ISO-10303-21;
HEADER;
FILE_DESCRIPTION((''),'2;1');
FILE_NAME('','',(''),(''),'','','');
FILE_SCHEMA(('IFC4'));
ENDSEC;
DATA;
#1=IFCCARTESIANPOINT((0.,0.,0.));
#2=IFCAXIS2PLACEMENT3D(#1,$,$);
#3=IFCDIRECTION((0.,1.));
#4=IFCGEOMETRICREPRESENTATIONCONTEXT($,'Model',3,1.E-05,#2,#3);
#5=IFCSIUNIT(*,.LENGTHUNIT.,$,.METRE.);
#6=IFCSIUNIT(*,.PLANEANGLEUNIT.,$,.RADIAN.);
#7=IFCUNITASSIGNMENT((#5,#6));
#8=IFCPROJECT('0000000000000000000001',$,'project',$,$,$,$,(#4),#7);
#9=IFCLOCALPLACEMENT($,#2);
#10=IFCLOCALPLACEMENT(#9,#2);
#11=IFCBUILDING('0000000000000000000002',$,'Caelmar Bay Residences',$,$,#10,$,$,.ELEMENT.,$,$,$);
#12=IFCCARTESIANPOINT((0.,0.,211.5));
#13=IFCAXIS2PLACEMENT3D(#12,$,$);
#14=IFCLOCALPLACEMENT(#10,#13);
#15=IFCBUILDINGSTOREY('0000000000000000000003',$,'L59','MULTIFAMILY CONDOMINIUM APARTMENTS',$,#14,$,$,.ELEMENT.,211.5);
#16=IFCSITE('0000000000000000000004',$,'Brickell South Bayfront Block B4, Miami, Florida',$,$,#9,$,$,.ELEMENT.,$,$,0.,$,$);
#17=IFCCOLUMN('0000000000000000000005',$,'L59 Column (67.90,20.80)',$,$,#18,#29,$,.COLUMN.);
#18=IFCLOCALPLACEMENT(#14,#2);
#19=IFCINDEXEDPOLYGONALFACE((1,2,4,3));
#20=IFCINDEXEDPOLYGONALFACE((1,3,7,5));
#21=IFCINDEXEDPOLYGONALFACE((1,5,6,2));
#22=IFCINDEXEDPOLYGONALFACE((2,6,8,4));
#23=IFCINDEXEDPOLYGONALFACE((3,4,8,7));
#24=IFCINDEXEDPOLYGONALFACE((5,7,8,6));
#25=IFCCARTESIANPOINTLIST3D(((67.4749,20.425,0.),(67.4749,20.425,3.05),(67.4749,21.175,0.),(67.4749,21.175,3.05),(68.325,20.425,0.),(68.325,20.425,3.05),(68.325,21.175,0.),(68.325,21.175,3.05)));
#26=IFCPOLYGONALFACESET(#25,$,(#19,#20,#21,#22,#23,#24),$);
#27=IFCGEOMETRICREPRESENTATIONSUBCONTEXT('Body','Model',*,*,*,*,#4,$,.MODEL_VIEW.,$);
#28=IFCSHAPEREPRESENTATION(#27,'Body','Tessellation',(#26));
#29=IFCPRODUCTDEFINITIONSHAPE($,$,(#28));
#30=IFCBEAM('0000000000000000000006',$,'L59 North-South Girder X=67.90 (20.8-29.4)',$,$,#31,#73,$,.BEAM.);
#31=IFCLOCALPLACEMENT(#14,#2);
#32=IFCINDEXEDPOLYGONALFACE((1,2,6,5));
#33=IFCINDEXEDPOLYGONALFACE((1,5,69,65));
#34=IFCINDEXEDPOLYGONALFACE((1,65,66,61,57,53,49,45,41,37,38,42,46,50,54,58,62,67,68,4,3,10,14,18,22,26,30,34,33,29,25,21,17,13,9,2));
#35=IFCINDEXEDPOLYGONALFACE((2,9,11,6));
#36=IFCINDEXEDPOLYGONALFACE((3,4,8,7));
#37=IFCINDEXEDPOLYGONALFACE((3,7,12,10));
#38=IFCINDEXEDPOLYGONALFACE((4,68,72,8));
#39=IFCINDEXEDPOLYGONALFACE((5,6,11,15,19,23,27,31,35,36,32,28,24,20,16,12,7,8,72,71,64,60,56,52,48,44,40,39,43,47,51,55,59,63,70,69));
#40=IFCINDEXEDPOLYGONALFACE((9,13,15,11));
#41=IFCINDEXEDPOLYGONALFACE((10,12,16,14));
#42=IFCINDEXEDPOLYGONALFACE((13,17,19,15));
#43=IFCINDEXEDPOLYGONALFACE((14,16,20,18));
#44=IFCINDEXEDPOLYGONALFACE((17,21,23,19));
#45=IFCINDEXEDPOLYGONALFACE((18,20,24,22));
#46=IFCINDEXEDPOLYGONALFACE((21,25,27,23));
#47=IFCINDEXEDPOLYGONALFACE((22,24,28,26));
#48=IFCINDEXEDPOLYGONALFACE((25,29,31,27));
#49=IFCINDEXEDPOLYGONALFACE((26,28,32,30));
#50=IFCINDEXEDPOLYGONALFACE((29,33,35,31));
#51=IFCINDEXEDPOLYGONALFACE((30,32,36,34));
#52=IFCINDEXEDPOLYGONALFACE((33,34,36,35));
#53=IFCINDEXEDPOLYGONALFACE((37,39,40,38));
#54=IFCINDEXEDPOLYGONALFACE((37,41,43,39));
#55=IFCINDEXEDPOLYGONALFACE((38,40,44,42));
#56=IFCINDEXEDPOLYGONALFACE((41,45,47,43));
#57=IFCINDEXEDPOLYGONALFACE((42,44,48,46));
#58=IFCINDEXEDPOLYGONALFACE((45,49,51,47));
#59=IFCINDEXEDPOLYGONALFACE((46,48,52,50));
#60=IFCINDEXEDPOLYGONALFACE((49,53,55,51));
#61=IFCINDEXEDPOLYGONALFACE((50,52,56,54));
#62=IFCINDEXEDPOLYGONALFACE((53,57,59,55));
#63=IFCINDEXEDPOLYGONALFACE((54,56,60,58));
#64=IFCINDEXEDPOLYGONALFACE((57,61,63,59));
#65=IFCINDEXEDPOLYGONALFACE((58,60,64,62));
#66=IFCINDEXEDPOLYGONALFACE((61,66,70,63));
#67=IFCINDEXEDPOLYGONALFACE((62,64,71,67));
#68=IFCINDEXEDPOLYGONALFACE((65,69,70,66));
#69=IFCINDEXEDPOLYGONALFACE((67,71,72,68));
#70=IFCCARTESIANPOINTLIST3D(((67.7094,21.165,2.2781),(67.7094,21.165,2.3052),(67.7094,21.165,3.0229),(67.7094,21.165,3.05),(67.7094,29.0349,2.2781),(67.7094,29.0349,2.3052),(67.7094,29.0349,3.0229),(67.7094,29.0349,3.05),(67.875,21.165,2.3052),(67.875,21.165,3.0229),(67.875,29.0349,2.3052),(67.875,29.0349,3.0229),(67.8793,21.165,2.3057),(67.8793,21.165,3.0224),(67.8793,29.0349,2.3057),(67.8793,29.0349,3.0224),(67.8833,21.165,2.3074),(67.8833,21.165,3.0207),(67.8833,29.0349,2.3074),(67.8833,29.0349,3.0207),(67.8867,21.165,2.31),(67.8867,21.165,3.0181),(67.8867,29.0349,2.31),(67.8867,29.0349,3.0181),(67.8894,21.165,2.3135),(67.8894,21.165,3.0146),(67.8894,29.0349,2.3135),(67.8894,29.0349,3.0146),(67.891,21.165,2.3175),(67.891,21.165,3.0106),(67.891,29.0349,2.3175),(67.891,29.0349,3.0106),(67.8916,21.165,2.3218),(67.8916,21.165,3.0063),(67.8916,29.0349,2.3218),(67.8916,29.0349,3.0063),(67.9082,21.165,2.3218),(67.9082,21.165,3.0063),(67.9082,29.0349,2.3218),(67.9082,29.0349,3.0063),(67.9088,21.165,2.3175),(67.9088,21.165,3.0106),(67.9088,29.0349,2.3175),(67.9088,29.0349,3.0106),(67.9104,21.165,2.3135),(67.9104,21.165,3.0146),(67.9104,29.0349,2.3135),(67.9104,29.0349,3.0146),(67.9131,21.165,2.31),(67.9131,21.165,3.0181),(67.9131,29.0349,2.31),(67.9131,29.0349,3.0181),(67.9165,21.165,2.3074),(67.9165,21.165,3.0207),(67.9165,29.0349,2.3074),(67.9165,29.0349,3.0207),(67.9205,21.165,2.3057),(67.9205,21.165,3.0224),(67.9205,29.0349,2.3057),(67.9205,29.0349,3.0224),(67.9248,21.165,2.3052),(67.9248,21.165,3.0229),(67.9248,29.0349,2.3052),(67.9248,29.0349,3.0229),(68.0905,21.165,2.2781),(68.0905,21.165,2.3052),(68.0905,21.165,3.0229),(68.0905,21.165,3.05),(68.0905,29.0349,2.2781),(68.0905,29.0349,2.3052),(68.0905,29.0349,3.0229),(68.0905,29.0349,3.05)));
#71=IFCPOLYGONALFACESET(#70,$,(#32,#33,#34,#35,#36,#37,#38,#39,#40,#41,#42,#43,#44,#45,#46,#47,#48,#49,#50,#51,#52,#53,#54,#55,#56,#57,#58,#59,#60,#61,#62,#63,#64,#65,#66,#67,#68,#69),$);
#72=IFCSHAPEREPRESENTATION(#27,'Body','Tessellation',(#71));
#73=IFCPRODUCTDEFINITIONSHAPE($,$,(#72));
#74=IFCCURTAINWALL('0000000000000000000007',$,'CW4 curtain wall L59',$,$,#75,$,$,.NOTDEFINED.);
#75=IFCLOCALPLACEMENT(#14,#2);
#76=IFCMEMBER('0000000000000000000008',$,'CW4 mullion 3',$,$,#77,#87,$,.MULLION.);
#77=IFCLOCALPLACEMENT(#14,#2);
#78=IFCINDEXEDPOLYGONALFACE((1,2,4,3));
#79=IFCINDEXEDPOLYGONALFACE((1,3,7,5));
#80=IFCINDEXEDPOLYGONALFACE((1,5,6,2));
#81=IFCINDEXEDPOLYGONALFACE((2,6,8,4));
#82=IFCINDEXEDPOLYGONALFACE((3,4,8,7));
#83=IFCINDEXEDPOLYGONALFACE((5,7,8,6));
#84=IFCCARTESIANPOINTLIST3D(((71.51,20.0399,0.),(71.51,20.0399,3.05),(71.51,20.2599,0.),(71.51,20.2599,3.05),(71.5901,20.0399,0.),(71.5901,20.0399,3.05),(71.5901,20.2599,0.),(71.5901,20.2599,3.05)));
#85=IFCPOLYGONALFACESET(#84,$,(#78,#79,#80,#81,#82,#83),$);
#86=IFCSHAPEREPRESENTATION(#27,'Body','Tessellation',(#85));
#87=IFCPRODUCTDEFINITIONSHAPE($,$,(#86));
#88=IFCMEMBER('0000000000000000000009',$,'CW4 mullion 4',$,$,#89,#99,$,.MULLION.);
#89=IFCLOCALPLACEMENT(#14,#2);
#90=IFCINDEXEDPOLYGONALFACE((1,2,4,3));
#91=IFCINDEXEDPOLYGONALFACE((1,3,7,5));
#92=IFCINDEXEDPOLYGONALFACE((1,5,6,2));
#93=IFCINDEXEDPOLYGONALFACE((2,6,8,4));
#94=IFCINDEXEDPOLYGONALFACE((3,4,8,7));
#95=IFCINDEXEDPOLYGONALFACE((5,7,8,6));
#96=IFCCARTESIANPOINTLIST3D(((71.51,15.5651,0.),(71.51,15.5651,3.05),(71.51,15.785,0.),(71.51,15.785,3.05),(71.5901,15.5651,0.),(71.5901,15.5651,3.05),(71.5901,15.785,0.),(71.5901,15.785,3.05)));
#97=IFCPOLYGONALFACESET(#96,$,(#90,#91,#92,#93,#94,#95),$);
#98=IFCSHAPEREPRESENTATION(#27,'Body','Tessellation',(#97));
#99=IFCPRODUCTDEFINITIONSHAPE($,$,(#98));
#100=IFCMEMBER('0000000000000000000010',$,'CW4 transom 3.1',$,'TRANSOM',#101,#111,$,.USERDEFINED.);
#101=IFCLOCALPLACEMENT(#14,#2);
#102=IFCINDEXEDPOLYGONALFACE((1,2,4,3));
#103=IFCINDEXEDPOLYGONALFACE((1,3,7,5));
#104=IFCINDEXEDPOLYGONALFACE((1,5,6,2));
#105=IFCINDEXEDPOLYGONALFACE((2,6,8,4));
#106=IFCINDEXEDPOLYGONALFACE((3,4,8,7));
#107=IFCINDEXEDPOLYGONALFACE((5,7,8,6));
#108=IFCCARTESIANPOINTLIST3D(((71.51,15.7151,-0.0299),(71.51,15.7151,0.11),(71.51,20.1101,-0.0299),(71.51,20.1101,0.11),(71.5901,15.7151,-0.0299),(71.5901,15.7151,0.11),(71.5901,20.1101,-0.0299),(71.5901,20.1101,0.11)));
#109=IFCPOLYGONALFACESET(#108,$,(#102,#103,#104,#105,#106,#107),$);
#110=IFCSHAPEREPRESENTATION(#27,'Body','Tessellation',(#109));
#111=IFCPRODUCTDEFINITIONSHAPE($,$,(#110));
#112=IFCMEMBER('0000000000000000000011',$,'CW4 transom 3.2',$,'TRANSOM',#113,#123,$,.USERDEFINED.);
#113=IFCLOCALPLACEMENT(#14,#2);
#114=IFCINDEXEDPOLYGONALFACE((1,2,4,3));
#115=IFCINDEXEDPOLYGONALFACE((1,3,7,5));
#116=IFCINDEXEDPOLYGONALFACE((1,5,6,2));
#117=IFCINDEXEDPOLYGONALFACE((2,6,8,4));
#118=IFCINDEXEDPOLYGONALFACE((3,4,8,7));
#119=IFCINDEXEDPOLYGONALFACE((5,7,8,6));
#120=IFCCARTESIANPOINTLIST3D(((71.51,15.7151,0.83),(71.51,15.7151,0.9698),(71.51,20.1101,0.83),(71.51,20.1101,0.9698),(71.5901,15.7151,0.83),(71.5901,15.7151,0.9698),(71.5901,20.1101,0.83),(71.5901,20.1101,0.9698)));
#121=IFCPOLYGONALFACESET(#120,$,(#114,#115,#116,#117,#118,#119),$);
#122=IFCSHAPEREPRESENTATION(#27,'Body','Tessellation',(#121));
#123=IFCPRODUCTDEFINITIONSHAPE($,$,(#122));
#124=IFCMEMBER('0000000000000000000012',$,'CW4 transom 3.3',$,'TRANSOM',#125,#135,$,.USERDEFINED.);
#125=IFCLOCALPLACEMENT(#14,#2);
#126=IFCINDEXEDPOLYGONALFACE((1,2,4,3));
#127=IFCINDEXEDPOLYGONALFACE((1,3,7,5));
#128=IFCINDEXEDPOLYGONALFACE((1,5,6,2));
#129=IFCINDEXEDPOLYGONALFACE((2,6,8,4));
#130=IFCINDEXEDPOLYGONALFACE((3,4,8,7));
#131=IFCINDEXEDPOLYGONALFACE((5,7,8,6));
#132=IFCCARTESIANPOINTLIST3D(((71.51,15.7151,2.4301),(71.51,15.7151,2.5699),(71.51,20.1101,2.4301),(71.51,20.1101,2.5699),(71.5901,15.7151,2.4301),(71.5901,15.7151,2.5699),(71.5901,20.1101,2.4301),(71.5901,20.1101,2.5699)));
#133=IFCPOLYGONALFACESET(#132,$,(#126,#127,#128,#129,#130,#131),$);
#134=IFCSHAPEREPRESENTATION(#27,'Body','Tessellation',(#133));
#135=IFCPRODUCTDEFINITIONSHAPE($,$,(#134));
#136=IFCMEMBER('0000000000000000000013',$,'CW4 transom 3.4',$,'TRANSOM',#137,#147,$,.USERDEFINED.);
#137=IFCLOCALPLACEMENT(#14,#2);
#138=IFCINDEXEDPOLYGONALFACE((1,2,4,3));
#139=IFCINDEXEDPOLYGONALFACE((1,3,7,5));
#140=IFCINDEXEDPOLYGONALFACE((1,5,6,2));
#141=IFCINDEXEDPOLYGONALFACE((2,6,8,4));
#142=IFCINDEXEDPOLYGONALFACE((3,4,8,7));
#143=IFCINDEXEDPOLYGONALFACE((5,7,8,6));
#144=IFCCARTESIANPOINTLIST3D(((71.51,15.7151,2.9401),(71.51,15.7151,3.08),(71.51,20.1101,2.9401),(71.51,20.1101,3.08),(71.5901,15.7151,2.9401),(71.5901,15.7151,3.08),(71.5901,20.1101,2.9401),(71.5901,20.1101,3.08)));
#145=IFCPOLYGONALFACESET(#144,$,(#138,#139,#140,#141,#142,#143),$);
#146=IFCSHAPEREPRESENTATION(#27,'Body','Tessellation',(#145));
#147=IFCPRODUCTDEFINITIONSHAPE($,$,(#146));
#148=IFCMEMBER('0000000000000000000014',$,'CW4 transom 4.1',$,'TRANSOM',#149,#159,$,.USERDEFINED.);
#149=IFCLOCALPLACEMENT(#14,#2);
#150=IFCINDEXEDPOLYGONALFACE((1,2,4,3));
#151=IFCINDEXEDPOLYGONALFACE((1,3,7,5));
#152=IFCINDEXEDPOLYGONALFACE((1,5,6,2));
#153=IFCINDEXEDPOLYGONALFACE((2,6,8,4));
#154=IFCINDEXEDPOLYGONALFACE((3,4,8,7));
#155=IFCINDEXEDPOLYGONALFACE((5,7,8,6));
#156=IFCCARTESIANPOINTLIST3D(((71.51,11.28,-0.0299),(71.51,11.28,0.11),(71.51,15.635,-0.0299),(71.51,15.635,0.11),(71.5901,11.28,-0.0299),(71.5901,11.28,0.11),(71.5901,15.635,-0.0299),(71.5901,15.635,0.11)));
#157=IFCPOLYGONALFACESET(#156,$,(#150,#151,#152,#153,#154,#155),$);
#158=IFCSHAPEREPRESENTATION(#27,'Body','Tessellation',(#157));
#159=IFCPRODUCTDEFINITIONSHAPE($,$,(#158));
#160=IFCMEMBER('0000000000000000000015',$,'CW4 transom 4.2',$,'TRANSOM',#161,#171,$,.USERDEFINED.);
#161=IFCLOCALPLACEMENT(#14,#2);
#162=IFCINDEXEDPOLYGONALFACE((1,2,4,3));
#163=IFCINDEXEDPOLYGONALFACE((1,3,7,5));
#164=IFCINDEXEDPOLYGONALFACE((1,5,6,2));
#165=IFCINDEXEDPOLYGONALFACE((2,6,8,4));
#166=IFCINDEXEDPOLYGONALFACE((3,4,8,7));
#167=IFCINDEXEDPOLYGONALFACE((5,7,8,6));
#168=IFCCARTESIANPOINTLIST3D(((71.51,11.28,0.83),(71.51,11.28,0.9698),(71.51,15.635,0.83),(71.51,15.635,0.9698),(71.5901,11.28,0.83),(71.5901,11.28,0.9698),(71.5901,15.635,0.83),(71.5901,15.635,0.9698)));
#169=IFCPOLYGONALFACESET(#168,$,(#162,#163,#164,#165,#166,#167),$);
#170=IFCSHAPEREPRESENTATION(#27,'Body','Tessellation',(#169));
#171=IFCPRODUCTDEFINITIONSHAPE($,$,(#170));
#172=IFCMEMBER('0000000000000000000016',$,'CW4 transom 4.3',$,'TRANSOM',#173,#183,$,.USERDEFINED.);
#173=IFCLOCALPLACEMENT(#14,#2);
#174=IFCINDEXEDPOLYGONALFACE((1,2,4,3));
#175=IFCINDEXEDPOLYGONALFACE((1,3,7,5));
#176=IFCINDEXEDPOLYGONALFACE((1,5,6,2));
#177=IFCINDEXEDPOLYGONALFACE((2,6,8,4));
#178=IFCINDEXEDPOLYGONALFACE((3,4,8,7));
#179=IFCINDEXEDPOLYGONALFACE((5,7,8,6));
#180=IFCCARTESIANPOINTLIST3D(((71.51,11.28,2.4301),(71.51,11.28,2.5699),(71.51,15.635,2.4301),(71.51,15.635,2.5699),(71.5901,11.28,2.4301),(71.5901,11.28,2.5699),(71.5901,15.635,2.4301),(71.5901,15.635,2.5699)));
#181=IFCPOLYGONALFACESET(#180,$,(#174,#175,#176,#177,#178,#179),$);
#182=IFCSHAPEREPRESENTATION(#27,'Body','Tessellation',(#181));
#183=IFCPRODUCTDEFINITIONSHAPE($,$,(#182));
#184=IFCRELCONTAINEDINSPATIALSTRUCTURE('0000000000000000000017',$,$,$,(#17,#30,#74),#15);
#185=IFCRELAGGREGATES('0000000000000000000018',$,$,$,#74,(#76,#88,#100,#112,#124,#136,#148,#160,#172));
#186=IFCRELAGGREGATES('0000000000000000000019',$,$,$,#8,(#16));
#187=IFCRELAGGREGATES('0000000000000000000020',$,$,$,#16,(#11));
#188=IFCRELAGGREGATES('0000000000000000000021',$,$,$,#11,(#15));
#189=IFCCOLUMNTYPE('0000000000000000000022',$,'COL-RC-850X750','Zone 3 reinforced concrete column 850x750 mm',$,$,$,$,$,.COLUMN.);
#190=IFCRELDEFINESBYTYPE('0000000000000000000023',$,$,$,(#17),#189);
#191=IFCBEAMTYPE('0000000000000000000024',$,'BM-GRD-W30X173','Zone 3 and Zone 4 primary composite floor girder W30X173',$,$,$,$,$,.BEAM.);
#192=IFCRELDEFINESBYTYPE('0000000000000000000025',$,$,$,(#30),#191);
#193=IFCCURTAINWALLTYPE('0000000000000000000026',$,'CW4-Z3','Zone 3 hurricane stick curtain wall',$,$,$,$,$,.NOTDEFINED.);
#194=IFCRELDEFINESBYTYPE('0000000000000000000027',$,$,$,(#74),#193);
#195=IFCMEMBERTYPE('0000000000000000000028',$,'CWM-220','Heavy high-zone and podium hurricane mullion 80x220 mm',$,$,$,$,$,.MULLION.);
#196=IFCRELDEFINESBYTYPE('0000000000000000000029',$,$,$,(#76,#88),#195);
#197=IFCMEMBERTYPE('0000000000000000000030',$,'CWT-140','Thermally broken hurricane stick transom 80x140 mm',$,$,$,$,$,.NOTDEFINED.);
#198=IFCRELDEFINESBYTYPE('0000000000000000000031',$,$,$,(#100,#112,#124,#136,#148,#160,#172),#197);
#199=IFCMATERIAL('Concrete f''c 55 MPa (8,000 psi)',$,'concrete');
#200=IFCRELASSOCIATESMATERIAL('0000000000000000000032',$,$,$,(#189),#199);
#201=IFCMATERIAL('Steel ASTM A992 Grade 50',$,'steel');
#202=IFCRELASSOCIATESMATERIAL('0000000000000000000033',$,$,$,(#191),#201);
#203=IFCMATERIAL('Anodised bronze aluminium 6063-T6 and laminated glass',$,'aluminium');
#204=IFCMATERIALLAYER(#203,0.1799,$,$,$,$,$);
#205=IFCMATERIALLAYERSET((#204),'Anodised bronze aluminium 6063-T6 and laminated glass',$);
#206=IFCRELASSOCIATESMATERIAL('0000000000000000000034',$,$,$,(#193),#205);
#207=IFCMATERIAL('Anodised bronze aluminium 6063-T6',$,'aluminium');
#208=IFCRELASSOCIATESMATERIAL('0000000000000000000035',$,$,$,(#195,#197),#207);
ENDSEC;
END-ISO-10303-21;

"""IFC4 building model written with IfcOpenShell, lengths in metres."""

from ifc_helpers import new_model, si_unit, direction, frame, origin, origin_2d, place, context, subcontext, project, spatial, rectangle, i_section, extrude, material, layer, layer_set, material_profile, profile_set, type_object, element, aggregate, save


model = new_model("IFC4")

# Units and contexts
model_context = context("Model", 3, precision=1e-05, world=origin(), true_north=direction((0.0, 1.0)))
body_context = subcontext(model_context, "Body", "Model", "MODEL_VIEW")
ifc_project = project(units=[si_unit("LENGTHUNIT", "METRE"), si_unit("PLANEANGLEUNIT", "RADIAN")], contexts=[model_context])

# Site, building, storey
site_placement = place(None, origin())
site = spatial("IfcSite", under=ifc_project, at=site_placement, Name="Brickell South Bayfront Block B4, Miami, Florida", CompositionType="ELEMENT", RefElevation=0.0)
building_placement = place(site_placement, origin())
building = spatial("IfcBuilding", under=site, at=building_placement, Name="Caelmar Bay Residences", CompositionType="ELEMENT")
storey_placement = place(building_placement, frame((0.0, 0.0, 211.5)))
storey = spatial("IfcBuildingStorey", under=building, at=storey_placement, Name="L59", Description="MULTIFAMILY CONDOMINIUM APARTMENTS", CompositionType="ELEMENT", Elevation=211.5)

# Column
ifc_material_1 = material(Name="Concrete f'c 55 MPa (8,000 psi)", Category="concrete")
ifc_material_profile_1 = material_profile(ifc_material_1, rectangle(XDim=0.8501, YDim=0.75, at=origin_2d()), Name="RC-COL-850X750")
ifc_profile_set_1 = profile_set([ifc_material_profile_1], Name="Concrete f'c 55 MPa (8,000 psi)")
column_type = type_object("IfcColumnType", Name="COL-RC-850X750", Description="Zone 3 reinforced concrete column 850x750 mm", PredefinedType="COLUMN", material=ifc_profile_set_1)
column_placement = place(storey_placement, frame((67.8999, 20.8, 0.0), z_axis=(0.0, 0.0, 1.0), x_axis=(1.0, 0.0, 0.0)))
element("IfcColumn", 1, at=column_placement, inside=storey, type_object=column_type, Name="L59 Column (67.90,20.80)", PredefinedType="COLUMN", context=body_context, shape_type="SweptSolid", body=[
    extrude(rectangle(XDim=0.8501, YDim=0.75, at=origin_2d()), origin(), (0.0, 0.0, 1.0), 3.05),
])

# Beam
ifc_material_2 = material(Name="Steel ASTM A992 Grade 50", Category="steel")
ifc_material_profile_2 = material_profile(ifc_material_2, i_section(OverallWidth=0.3811, OverallDepth=0.772, WebThickness=0.0166, FlangeThickness=0.0271, FilletRadius=0.0166, at=origin_2d()), Name="W30X173")
ifc_profile_set_2 = profile_set([ifc_material_profile_2], Name="Steel ASTM A992 Grade 50")
beam_type = type_object("IfcBeamType", Name="BM-GRD-W30X173", Description="Zone 3 and Zone 4 primary composite floor girder W30X173", PredefinedType="BEAM", material=ifc_profile_set_2)
beam_placement = place(storey_placement, frame((67.8999, 21.165, 2.6641), z_axis=(0.0, 1.0, 0.0), x_axis=(-1.0, 0.0, 0.0)))
element("IfcBeam", 2, at=beam_placement, inside=storey, type_object=beam_type, Name="L59 North-South Girder X=67.90 (20.8-29.4)", PredefinedType="BEAM", context=body_context, shape_type="SweptSolid", body=[
    extrude(i_section(OverallWidth=0.3811, OverallDepth=0.772, WebThickness=0.0166, FlangeThickness=0.0271, FilletRadius=0.0166, at=origin_2d()), origin(), (0.0, 0.0, 1.0), 7.8699),
])

# Curtain wall, members
ifc_material_3 = material(Name="Anodised bronze aluminium 6063-T6 and laminated glass", Category="aluminium")
ifc_layer_1 = layer(ifc_material_3, 0.1799)
ifc_layer_set_1 = layer_set([ifc_layer_1], Name="Anodised bronze aluminium 6063-T6 and laminated glass")
curtain_wall_type = type_object("IfcCurtainWallType", Name="CW4-Z3", Description="Zone 3 hurricane stick curtain wall", PredefinedType="NOTDEFINED", material=ifc_layer_set_1)
curtain_wall_placement = place(storey_placement, origin())
curtain_wall = element("IfcCurtainWall", 3, at=curtain_wall_placement, inside=storey, type_object=curtain_wall_type, Name="CW4 curtain wall L59", PredefinedType="NOTDEFINED")
ifc_material_4 = material(Name="Anodised bronze aluminium 6063-T6", Category="aluminium")
ifc_material_profile_3 = material_profile(ifc_material_4, rectangle(XDim=0.0801, YDim=0.22, at=origin_2d()), Name="CWM-80X220")
ifc_profile_set_3 = profile_set([ifc_material_profile_3], Name="Anodised bronze aluminium 6063-T6")
member_type_1 = type_object("IfcMemberType", Name="CWM-220", Description="Heavy high-zone and podium hurricane mullion 80x220 mm", PredefinedType="MULLION", material=ifc_profile_set_3)
member_1_placement = place(storey_placement, frame((71.55, 20.1499, 0.0), z_axis=(0.0, 0.0, 1.0), x_axis=(1.0, 0.0, 0.0)))
member_1 = element("IfcMember", 4, at=member_1_placement, type_object=member_type_1, Name="CW4 mullion 3", PredefinedType="MULLION", context=body_context, shape_type="SweptSolid", body=[
    extrude(rectangle(XDim=0.0801, YDim=0.22, at=origin_2d()), origin(), (0.0, 0.0, 1.0), 3.05),
])
member_2_placement = place(storey_placement, frame((71.55, 15.675, 0.0), z_axis=(0.0, 0.0, 1.0), x_axis=(1.0, 0.0, 0.0)))
member_2 = element("IfcMember", 5, at=member_2_placement, type_object=member_type_1, Name="CW4 mullion 4", PredefinedType="MULLION", context=body_context, shape_type="SweptSolid", body=[
    extrude(rectangle(XDim=0.0801, YDim=0.22, at=origin_2d()), origin(), (0.0, 0.0, 1.0), 3.05),
])
ifc_material_profile_4 = material_profile(ifc_material_4, rectangle(XDim=0.0801, YDim=0.1399, at=origin_2d()), Name="CWT-80X140")
ifc_profile_set_4 = profile_set([ifc_material_profile_4], Name="Anodised bronze aluminium 6063-T6")
member_type_2 = type_object("IfcMemberType", Name="CWT-140", Description="Thermally broken hurricane stick transom 80x140 mm", PredefinedType="NOTDEFINED", material=ifc_profile_set_4)
member_3_placement = place(storey_placement, frame((71.55, 20.1101, 0.04), z_axis=(0.0, -1.0, 0.0), x_axis=(1.0, 0.0, 0.0)))
member_3 = element("IfcMember", 6, at=member_3_placement, type_object=member_type_2, Name="CW4 transom 3.1", ObjectType="TRANSOM", PredefinedType="USERDEFINED", context=body_context, shape_type="SweptSolid", body=[
    extrude(rectangle(XDim=0.0801, YDim=0.1399, at=origin_2d()), origin(), (0.0, 0.0, 1.0), 4.395),
])
member_4_placement = place(storey_placement, frame((71.55, 20.1101, 0.8999), z_axis=(0.0, -1.0, 0.0), x_axis=(1.0, 0.0, 0.0)))
member_4 = element("IfcMember", 7, at=member_4_placement, type_object=member_type_2, Name="CW4 transom 3.2", ObjectType="TRANSOM", PredefinedType="USERDEFINED", context=body_context, shape_type="SweptSolid", body=[
    extrude(rectangle(XDim=0.0801, YDim=0.1399, at=origin_2d()), origin(), (0.0, 0.0, 1.0), 4.395),
])
member_5_placement = place(storey_placement, frame((71.55, 20.1101, 2.5), z_axis=(0.0, -1.0, 0.0), x_axis=(1.0, 0.0, 0.0)))
member_5 = element("IfcMember", 8, at=member_5_placement, type_object=member_type_2, Name="CW4 transom 3.3", ObjectType="TRANSOM", PredefinedType="USERDEFINED", context=body_context, shape_type="SweptSolid", body=[
    extrude(rectangle(XDim=0.0801, YDim=0.1399, at=origin_2d()), origin(), (0.0, 0.0, 1.0), 4.395),
])
member_6_placement = place(storey_placement, frame((71.55, 20.1101, 3.01), z_axis=(0.0, -1.0, 0.0), x_axis=(1.0, 0.0, 0.0)))
member_6 = element("IfcMember", 9, at=member_6_placement, type_object=member_type_2, Name="CW4 transom 3.4", ObjectType="TRANSOM", PredefinedType="USERDEFINED", context=body_context, shape_type="SweptSolid", body=[
    extrude(rectangle(XDim=0.0801, YDim=0.1399, at=origin_2d()), origin(), (0.0, 0.0, 1.0), 4.395),
])
member_7_placement = place(storey_placement, frame((71.55, 15.635, 0.04), z_axis=(0.0, -1.0, 0.0), x_axis=(1.0, 0.0, 0.0)))
member_7 = element("IfcMember", 10, at=member_7_placement, type_object=member_type_2, Name="CW4 transom 4.1", ObjectType="TRANSOM", PredefinedType="USERDEFINED", context=body_context, shape_type="SweptSolid", body=[
    extrude(rectangle(XDim=0.0801, YDim=0.1399, at=origin_2d()), origin(), (0.0, 0.0, 1.0), 4.355),
])
member_8_placement = place(storey_placement, frame((71.55, 15.635, 0.8999), z_axis=(0.0, -1.0, 0.0), x_axis=(1.0, 0.0, 0.0)))
member_8 = element("IfcMember", 11, at=member_8_placement, type_object=member_type_2, Name="CW4 transom 4.2", ObjectType="TRANSOM", PredefinedType="USERDEFINED", context=body_context, shape_type="SweptSolid", body=[
    extrude(rectangle(XDim=0.0801, YDim=0.1399, at=origin_2d()), origin(), (0.0, 0.0, 1.0), 4.355),
])
member_9_placement = place(storey_placement, frame((71.55, 15.635, 2.5), z_axis=(0.0, -1.0, 0.0), x_axis=(1.0, 0.0, 0.0)))
member_9 = element("IfcMember", 12, at=member_9_placement, type_object=member_type_2, Name="CW4 transom 4.3", ObjectType="TRANSOM", PredefinedType="USERDEFINED", context=body_context, shape_type="SweptSolid", body=[
    extrude(rectangle(XDim=0.0801, YDim=0.1399, at=origin_2d()), origin(), (0.0, 0.0, 1.0), 4.355),
])
aggregate(curtain_wall, [member_1, member_2, member_3, member_4, member_5, member_6, member_7, member_8, member_9])

save(model, "model.ifc")
